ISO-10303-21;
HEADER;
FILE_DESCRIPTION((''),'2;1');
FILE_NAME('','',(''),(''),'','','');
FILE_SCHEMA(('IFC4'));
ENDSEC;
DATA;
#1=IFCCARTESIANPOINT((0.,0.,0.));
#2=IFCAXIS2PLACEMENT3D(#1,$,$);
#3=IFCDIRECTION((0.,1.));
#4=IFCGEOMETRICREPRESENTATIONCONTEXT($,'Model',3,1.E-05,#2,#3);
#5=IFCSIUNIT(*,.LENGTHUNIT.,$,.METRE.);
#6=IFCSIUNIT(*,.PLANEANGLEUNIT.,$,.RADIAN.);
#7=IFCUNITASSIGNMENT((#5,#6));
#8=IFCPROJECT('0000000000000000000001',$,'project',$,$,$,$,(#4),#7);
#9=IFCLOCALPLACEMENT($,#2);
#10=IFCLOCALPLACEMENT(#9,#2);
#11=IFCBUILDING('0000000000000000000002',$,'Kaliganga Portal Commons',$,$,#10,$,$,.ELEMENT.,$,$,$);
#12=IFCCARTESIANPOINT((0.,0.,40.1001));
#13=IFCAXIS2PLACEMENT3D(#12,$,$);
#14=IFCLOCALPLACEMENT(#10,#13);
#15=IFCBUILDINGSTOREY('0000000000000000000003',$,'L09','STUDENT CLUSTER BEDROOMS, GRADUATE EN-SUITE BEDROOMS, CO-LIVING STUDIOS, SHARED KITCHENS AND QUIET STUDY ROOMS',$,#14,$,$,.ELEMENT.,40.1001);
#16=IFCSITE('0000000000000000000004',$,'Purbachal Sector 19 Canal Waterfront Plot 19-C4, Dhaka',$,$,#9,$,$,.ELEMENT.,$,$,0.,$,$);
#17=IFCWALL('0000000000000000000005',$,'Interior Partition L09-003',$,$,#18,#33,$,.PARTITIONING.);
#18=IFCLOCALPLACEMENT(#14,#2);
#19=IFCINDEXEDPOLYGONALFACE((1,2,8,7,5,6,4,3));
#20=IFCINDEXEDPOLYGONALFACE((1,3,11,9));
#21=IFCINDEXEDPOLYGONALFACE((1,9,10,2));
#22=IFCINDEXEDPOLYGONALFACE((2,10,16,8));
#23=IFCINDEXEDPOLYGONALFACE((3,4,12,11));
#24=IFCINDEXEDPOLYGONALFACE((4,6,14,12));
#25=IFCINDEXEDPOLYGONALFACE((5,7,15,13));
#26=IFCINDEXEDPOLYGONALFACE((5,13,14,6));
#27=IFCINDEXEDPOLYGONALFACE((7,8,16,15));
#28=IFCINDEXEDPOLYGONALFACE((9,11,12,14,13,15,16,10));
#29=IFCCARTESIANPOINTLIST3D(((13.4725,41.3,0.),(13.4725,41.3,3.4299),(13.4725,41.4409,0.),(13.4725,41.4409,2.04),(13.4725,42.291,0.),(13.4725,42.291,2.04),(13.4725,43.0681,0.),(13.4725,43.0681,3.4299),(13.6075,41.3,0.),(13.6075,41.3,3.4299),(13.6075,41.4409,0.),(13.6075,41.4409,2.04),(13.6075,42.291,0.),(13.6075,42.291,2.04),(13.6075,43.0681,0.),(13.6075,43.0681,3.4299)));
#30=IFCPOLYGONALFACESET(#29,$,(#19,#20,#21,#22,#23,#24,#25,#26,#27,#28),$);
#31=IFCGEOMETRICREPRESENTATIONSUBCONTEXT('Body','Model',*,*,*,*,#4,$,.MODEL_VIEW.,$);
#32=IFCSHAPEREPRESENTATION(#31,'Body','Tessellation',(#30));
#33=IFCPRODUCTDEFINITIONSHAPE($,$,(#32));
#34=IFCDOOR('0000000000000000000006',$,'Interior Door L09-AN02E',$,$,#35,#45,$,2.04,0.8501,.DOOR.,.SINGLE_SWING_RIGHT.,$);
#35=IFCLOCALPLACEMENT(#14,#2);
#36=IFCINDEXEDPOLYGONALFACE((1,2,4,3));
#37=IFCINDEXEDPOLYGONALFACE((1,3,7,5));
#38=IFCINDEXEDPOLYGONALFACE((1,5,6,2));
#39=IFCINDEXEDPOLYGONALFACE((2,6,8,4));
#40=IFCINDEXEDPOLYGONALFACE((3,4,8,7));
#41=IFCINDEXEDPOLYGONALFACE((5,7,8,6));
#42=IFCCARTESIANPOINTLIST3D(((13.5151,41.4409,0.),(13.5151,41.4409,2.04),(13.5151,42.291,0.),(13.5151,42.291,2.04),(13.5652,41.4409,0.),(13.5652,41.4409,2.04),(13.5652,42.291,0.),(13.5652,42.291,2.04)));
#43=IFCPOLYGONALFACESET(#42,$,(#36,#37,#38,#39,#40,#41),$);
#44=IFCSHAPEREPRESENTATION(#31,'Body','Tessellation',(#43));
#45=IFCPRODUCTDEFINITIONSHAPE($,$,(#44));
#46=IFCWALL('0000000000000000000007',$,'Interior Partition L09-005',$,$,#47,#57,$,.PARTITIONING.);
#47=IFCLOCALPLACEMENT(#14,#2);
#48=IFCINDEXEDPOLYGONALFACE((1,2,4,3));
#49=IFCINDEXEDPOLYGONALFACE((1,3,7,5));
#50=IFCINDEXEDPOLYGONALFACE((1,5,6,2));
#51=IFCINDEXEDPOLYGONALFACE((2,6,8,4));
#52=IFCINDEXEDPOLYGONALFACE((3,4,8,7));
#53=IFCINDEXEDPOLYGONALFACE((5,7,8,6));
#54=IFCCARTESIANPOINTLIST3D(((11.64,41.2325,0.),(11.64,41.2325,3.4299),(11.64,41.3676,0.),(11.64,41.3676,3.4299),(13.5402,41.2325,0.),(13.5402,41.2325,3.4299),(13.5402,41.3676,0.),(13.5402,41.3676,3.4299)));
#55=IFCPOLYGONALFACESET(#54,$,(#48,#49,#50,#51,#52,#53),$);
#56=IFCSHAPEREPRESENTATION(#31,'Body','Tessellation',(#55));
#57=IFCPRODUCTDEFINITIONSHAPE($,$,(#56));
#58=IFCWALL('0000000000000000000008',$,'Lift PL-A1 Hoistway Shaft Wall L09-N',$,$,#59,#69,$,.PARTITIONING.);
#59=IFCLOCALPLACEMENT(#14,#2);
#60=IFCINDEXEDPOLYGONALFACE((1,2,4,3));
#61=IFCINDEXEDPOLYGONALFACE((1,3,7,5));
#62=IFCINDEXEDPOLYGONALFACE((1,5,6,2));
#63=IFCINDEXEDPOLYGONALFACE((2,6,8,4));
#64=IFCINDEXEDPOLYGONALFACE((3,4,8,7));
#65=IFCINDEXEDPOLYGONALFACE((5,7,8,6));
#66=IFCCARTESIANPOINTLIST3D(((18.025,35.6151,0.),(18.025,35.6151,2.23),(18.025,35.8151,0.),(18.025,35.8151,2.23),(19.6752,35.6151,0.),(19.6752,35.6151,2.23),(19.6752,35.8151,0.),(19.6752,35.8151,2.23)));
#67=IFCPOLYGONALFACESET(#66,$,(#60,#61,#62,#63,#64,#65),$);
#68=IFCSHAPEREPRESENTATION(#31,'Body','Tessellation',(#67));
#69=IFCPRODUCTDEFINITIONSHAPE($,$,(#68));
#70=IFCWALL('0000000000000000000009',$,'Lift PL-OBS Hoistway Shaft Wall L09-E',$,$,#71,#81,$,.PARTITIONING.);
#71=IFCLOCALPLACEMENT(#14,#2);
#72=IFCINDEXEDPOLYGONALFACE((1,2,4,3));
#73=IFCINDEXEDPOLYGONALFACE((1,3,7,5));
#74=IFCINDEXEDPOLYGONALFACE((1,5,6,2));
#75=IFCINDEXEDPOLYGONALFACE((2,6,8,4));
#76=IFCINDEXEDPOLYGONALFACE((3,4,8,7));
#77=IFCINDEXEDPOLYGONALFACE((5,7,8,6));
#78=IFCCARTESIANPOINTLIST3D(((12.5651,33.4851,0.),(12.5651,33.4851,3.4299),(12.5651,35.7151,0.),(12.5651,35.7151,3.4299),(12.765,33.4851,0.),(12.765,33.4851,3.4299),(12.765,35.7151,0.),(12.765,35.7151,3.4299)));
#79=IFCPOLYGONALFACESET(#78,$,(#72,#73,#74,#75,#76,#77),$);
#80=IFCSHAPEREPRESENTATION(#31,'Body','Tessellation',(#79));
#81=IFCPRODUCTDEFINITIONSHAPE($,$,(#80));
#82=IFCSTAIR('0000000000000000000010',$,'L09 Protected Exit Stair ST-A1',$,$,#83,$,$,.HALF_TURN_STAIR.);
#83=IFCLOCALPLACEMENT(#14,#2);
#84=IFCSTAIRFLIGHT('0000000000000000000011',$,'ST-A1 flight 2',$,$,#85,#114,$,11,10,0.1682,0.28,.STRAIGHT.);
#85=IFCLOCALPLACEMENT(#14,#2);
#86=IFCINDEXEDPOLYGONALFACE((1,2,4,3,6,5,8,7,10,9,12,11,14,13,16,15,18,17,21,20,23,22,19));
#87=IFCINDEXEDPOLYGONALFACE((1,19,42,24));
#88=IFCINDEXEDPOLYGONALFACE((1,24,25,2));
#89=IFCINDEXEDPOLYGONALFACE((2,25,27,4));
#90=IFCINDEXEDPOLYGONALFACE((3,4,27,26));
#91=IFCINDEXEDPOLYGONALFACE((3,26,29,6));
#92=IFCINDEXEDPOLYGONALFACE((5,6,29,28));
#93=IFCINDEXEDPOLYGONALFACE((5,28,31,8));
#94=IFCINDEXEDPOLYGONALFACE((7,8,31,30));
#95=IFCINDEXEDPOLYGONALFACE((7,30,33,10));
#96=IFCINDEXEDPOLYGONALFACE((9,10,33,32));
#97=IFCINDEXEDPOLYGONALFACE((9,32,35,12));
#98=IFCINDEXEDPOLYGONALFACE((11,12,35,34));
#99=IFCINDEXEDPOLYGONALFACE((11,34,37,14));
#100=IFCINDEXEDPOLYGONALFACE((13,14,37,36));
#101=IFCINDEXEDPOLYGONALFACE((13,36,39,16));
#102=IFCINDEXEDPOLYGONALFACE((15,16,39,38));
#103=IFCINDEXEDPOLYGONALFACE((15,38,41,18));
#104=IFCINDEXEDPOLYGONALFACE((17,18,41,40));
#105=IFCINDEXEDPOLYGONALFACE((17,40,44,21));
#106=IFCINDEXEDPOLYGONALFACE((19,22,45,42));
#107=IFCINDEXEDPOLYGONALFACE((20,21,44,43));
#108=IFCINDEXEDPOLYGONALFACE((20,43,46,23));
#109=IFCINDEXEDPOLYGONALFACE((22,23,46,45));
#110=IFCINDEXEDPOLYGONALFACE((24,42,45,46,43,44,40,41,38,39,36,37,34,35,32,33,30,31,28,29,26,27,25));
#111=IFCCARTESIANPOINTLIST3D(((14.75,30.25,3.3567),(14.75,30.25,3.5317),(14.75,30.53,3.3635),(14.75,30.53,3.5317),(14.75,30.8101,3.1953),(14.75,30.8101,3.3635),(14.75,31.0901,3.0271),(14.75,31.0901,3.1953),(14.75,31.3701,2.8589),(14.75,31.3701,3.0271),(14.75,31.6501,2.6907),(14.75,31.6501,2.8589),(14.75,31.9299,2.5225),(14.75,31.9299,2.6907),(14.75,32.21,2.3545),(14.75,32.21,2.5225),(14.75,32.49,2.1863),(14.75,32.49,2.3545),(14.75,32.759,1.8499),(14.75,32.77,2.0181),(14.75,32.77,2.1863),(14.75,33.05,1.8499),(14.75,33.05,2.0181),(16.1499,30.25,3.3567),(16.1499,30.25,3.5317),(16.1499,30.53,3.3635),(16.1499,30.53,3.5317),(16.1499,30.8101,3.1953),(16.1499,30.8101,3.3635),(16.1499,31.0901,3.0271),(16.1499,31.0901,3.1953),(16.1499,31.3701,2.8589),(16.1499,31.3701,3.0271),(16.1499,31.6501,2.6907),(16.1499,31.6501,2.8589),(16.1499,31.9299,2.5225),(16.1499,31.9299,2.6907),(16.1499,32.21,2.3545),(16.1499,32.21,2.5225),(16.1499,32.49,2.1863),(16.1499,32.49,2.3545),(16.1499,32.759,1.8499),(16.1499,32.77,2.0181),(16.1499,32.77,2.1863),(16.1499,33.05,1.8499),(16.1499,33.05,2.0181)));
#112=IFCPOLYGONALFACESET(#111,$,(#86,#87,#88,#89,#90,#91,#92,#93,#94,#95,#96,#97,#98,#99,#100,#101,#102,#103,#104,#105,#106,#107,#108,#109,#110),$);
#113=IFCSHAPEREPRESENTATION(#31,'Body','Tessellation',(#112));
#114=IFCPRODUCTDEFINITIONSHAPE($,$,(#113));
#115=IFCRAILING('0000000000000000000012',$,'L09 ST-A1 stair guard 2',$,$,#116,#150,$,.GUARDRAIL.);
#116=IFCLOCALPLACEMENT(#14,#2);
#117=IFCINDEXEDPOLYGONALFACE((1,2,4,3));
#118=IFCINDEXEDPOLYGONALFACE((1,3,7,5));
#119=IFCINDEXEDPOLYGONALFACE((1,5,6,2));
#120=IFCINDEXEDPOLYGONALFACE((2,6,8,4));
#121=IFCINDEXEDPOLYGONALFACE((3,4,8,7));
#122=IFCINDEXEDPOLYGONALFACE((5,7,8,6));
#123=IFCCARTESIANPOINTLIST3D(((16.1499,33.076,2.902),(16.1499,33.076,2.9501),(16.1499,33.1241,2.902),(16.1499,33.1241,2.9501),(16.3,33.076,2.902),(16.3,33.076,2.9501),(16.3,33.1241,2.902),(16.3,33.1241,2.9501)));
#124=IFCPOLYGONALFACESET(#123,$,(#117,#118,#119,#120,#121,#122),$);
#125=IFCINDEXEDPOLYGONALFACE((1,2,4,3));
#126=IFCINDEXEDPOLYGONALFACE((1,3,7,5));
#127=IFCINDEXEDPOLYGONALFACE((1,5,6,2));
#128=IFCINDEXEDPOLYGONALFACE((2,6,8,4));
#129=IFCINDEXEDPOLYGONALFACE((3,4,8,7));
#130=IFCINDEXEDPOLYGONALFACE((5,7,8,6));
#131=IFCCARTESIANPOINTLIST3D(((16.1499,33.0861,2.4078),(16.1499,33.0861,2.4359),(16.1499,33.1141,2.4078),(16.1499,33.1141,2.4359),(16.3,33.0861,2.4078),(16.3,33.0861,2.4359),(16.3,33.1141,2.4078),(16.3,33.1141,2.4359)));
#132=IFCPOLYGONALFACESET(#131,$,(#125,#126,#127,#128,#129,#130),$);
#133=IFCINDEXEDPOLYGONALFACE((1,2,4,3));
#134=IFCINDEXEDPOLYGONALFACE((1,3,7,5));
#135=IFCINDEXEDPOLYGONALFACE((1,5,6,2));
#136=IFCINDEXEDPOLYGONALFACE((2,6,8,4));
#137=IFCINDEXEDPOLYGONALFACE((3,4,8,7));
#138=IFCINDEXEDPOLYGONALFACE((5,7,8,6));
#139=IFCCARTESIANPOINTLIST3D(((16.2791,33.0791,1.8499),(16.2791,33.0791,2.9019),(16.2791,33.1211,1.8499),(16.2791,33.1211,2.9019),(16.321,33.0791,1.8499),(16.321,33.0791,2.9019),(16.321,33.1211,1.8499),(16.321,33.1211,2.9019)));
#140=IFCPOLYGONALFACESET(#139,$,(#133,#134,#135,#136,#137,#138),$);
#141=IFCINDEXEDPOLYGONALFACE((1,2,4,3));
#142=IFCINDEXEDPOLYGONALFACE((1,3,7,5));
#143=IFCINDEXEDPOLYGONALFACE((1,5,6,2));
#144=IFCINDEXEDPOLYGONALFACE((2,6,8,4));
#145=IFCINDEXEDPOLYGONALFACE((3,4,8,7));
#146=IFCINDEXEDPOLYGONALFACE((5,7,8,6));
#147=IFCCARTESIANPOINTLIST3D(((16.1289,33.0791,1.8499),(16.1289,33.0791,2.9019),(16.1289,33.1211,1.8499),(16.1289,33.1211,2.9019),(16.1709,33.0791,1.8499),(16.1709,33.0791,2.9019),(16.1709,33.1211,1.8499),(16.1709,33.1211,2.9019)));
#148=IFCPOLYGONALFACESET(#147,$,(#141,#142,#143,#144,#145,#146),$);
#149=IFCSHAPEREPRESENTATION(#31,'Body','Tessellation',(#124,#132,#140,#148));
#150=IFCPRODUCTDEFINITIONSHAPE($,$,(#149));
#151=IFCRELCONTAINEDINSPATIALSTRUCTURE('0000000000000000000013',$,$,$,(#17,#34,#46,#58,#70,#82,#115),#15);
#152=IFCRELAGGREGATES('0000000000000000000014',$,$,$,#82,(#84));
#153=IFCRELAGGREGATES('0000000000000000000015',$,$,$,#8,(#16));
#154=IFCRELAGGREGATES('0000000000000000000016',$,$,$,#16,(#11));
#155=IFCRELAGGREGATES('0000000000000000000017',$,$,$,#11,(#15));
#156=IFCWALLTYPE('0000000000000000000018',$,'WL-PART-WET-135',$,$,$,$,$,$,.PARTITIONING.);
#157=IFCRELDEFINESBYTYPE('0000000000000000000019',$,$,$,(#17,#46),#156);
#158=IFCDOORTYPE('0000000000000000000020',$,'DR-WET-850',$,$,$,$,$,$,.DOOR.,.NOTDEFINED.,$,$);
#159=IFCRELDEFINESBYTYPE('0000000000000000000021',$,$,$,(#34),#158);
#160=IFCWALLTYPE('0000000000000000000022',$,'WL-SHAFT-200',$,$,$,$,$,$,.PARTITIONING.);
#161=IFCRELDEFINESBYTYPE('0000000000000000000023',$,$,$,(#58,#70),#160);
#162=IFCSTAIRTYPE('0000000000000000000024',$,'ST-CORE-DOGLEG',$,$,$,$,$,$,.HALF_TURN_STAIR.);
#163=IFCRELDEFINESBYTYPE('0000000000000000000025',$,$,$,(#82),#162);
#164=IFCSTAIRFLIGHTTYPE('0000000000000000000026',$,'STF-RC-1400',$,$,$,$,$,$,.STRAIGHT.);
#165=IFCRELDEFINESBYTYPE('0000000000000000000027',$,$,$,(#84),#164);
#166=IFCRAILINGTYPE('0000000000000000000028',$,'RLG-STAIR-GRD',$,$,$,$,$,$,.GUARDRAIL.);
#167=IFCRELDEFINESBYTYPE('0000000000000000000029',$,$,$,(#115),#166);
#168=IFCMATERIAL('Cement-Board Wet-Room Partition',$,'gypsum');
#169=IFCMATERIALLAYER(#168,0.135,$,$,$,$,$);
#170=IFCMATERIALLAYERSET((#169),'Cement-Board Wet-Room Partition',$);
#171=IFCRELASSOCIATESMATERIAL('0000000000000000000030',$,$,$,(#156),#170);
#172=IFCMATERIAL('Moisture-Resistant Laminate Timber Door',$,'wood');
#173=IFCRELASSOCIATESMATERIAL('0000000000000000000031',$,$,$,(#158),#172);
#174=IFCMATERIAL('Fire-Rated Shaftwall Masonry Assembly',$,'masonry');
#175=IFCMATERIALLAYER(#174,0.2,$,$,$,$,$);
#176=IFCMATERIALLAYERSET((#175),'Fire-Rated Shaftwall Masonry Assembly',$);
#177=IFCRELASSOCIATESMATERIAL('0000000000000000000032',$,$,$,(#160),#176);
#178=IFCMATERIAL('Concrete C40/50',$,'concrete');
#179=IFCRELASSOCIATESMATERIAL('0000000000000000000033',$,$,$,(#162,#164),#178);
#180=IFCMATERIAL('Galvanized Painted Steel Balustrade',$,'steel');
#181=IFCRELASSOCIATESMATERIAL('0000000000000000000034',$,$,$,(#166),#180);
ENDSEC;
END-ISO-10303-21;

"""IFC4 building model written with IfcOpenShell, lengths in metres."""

from ifc_helpers import new_model, si_unit, direction, frame, frame_2d, origin, origin_2d, place, context, subcontext, project, spatial, polyline, rectangle, outline, extrude, material, layer, layer_set, type_object, element, fill, aggregate, save


model = new_model("IFC4")

# Units and contexts
model_context = context("Model", 3, precision=1e-05, world=origin(), true_north=direction((0.0, 1.0)))
body_context = subcontext(model_context, "Body", "Model", "MODEL_VIEW")
ifc_project = project(units=[si_unit("LENGTHUNIT", "METRE"), si_unit("PLANEANGLEUNIT", "RADIAN")], contexts=[model_context])

# Site, building, storey
site_placement = place(None, origin())
site = spatial("IfcSite", under=ifc_project, at=site_placement, Name="Purbachal Sector 19 Canal Waterfront Plot 19-C4, Dhaka", CompositionType="ELEMENT", RefElevation=0.0)
building_placement = place(site_placement, origin())
building = spatial("IfcBuilding", under=site, at=building_placement, Name="Kaliganga Portal Commons", CompositionType="ELEMENT")
storey_placement = place(building_placement, frame((0.0, 0.0, 40.1001)))
storey = spatial("IfcBuildingStorey", under=building, at=storey_placement, Name="L09", Description="STUDENT CLUSTER BEDROOMS, GRADUATE EN-SUITE BEDROOMS, CO-LIVING STUDIOS, SHARED KITCHENS AND QUIET STUDY ROOMS", CompositionType="ELEMENT", Elevation=40.1001)

# Shared definitions
ifc_material_1 = material(Name="Cement-Board Wet-Room Partition", Category="gypsum")
ifc_layer_1 = layer(ifc_material_1, 0.135)
ifc_layer_set_1 = layer_set([ifc_layer_1], Name="Cement-Board Wet-Room Partition")
wall_type_1 = type_object("IfcWallType", Name="WL-PART-WET-135", PredefinedType="PARTITIONING", material=ifc_layer_set_1)

# Wall, opening, door
wall_1_placement = place(storey_placement, frame((13.54, 41.3, 0.0), z_axis=(0.0, 0.0, 1.0), x_axis=(0.0, 1.0, 0.0)))
wall_1 = element("IfcWall", 1, at=wall_1_placement, inside=storey, type_object=wall_type_1, Name="Interior Partition L09-003", PredefinedType="PARTITIONING", context=body_context, shape_type="SweptSolid", body=[
    extrude(rectangle(XDim=1.7681, YDim=0.135, at=frame_2d((0.884, 0.0))), origin(), (0.0, 0.0, 1.0), 3.4299),
])
opening_1_placement = place(wall_1_placement, frame((0.1409, 0.0, 0.0)))
opening_1 = element("IfcOpeningElement", 2, at=opening_1_placement, cuts=wall_1, PredefinedType="OPENING", context=body_context, shape_type="SweptSolid", body=[
    extrude(rectangle(XDim=0.8501, YDim=2.04, at=frame_2d((0.425, 1.02))), frame((0.0, 0.0776, 0.0), z_axis=(0.0, -1.0, 0.0), x_axis=(1.0, 0.0, 0.0)), (0.0, 0.0, 1.0), 0.155),
])
ifc_material_2 = material(Name="Moisture-Resistant Laminate Timber Door", Category="wood")
door_type_1 = type_object("IfcDoorType", Name="DR-WET-850", OperationType="NOTDEFINED", PredefinedType="DOOR", material=ifc_material_2)
door_1_placement = place(opening_1_placement, origin())
door_1 = element("IfcDoor", 3, at=door_1_placement, inside=storey, type_object=door_type_1, Name="Interior Door L09-AN02E", OperationType="SINGLE_SWING_RIGHT", OverallHeight=2.04, OverallWidth=0.8501, PredefinedType="DOOR", context=body_context, shape_type="SweptSolid", body=[
    extrude(rectangle(XDim=0.8501, YDim=2.04, at=frame_2d((0.425, 1.02))), frame((0.0, 0.0249, 0.0), z_axis=(0.0, -1.0, 0.0), x_axis=(1.0, 0.0, 0.0)), (0.0, 0.0, 1.0), 0.05),
])
fill(opening_1, door_1)

# Wall
wall_2_placement = place(storey_placement, frame((11.6399, 41.3, 0.0), z_axis=(0.0, 0.0, 1.0), x_axis=(1.0, 0.0, 0.0)))
element("IfcWall", 4, at=wall_2_placement, inside=storey, type_object=wall_type_1, Name="Interior Partition L09-005", PredefinedType="PARTITIONING", context=body_context, shape_type="SweptSolid", body=[
    extrude(rectangle(XDim=1.9001, YDim=0.135, at=frame_2d((0.9502, 0.0))), origin(), (0.0, 0.0, 1.0), 3.4299),
])

# Shared definitions
ifc_material_3 = material(Name="Fire-Rated Shaftwall Masonry Assembly", Category="masonry")
ifc_layer_2 = layer(ifc_material_3, 0.2)
ifc_layer_set_2 = layer_set([ifc_layer_2], Name="Fire-Rated Shaftwall Masonry Assembly")
wall_type_2 = type_object("IfcWallType", Name="WL-SHAFT-200", PredefinedType="PARTITIONING", material=ifc_layer_set_2)

# Walls
wall_3_placement = place(storey_placement, frame((18.0249, 35.7151, 0.0), z_axis=(0.0, 0.0, 1.0), x_axis=(1.0, 0.0, 0.0)))
element("IfcWall", 5, at=wall_3_placement, inside=storey, type_object=wall_type_2, Name="Lift PL-A1 Hoistway Shaft Wall L09-N", PredefinedType="PARTITIONING", context=body_context, shape_type="SweptSolid", body=[
    extrude(rectangle(XDim=1.6501, YDim=0.2, at=frame_2d((0.8252, 0.0))), origin(), (0.0, 0.0, 1.0), 2.23),
])
wall_4_placement = place(storey_placement, frame((12.665, 33.4851, 0.0), z_axis=(0.0, 0.0, 1.0), x_axis=(0.0, 1.0, 0.0)))
element("IfcWall", 6, at=wall_4_placement, inside=storey, type_object=wall_type_2, Name="Lift PL-OBS Hoistway Shaft Wall L09-E", PredefinedType="PARTITIONING", context=body_context, shape_type="SweptSolid", body=[
    extrude(rectangle(XDim=2.23, YDim=0.2, at=frame_2d((1.115, 0.0))), origin(), (0.0, 0.0, 1.0), 3.4299),
])

# Stair, stair flight
ifc_material_4 = material(Name="Concrete C40/50", Category="concrete")
stair_type = type_object("IfcStairType", Name="ST-CORE-DOGLEG", PredefinedType="HALF_TURN_STAIR", material=ifc_material_4)
stair_placement = place(storey_placement, origin())
stair = element("IfcStair", 7, at=stair_placement, inside=storey, type_object=stair_type, Name="L09 Protected Exit Stair ST-A1", PredefinedType="HALF_TURN_STAIR")
stair_flight_type = type_object("IfcStairFlightType", Name="STF-RC-1400", PredefinedType="STRAIGHT", material=ifc_material_4)
stair_flight_placement = place(storey_placement, frame((15.45, 33.05, 1.8499), z_axis=(0.0, 0.0, 1.0), x_axis=(0.0, -1.0, 0.0)))
stair_flight = element("IfcStairFlight", 8, at=stair_flight_placement, type_object=stair_flight_type, Name="ST-A1 flight 2", NumberOfRisers=11, NumberOfTreads=10, PredefinedType="STRAIGHT", RiserHeight=0.1682, TreadLength=0.28, context=body_context, shape_type="SweptSolid", body=[
    extrude(outline(polyline([(0.0, 0.0), (0.0, 0.1682), (0.28, 0.1682), (0.28, 0.3364), (0.5601, 0.3364), (0.5601, 0.5046), (0.8401, 0.5046), (0.8401, 0.6726), (1.1201, 0.6726), (1.1201, 0.8408), (1.3999, 0.8408), (1.3999, 1.009), (1.6799, 1.009), (1.6799, 1.1772), (1.96, 1.1772), (1.96, 1.3455), (2.24, 1.3455), (2.24, 1.5137), (2.52, 1.5137), (2.52, 1.6819), (2.8, 1.6819), (2.8, 1.8501), (2.8, 1.5068), (0.291, 0.0), (0.0, 0.0)])), frame((0.0, 0.7, 0.0), z_axis=(0.0, -1.0, 0.0), x_axis=(1.0, 0.0, 0.0)), (0.0, 0.0, 1.0), 1.3999),
])
aggregate(stair, [stair_flight])

# Railing
ifc_material_5 = material(Name="Galvanized Painted Steel Balustrade", Category="steel")
railing_type_1 = type_object("IfcRailingType", Name="RLG-STAIR-GRD", PredefinedType="GUARDRAIL", material=ifc_material_5)
railing_1_placement = place(storey_placement, frame((16.3, 33.1001, 1.8499)))
element("IfcRailing", 9, at=railing_1_placement, inside=storey, type_object=railing_type_1, Name="L09 ST-A1 stair guard 2", PredefinedType="GUARDRAIL", context=body_context, shape_type="SweptSolid", body=[
    extrude(rectangle(XDim=0.0481, YDim=0.0481, at=origin_2d()), frame((0.0, 0.0, 1.0762), z_axis=(-1.0, 0.0, 0.0), x_axis=(0.0, -1.0, 0.0)), (0.0, 0.0, 1.0), 0.1501),
    extrude(rectangle(XDim=0.0281, YDim=0.0281, at=origin_2d()), frame((0.0, 0.0, 0.572), z_axis=(-1.0, 0.0, 0.0), x_axis=(0.0, -1.0, 0.0)), (0.0, 0.0, 1.0), 0.1501),
    extrude(rectangle(XDim=0.042, YDim=0.042, at=origin_2d()), origin(), (0.0, 0.0, 1.0), 1.052),
    extrude(rectangle(XDim=0.042, YDim=0.042, at=origin_2d()), frame((-0.1501, 0.0, 0.0)), (0.0, 0.0, 1.0), 1.052),
])

save(model, "model.ifc")
